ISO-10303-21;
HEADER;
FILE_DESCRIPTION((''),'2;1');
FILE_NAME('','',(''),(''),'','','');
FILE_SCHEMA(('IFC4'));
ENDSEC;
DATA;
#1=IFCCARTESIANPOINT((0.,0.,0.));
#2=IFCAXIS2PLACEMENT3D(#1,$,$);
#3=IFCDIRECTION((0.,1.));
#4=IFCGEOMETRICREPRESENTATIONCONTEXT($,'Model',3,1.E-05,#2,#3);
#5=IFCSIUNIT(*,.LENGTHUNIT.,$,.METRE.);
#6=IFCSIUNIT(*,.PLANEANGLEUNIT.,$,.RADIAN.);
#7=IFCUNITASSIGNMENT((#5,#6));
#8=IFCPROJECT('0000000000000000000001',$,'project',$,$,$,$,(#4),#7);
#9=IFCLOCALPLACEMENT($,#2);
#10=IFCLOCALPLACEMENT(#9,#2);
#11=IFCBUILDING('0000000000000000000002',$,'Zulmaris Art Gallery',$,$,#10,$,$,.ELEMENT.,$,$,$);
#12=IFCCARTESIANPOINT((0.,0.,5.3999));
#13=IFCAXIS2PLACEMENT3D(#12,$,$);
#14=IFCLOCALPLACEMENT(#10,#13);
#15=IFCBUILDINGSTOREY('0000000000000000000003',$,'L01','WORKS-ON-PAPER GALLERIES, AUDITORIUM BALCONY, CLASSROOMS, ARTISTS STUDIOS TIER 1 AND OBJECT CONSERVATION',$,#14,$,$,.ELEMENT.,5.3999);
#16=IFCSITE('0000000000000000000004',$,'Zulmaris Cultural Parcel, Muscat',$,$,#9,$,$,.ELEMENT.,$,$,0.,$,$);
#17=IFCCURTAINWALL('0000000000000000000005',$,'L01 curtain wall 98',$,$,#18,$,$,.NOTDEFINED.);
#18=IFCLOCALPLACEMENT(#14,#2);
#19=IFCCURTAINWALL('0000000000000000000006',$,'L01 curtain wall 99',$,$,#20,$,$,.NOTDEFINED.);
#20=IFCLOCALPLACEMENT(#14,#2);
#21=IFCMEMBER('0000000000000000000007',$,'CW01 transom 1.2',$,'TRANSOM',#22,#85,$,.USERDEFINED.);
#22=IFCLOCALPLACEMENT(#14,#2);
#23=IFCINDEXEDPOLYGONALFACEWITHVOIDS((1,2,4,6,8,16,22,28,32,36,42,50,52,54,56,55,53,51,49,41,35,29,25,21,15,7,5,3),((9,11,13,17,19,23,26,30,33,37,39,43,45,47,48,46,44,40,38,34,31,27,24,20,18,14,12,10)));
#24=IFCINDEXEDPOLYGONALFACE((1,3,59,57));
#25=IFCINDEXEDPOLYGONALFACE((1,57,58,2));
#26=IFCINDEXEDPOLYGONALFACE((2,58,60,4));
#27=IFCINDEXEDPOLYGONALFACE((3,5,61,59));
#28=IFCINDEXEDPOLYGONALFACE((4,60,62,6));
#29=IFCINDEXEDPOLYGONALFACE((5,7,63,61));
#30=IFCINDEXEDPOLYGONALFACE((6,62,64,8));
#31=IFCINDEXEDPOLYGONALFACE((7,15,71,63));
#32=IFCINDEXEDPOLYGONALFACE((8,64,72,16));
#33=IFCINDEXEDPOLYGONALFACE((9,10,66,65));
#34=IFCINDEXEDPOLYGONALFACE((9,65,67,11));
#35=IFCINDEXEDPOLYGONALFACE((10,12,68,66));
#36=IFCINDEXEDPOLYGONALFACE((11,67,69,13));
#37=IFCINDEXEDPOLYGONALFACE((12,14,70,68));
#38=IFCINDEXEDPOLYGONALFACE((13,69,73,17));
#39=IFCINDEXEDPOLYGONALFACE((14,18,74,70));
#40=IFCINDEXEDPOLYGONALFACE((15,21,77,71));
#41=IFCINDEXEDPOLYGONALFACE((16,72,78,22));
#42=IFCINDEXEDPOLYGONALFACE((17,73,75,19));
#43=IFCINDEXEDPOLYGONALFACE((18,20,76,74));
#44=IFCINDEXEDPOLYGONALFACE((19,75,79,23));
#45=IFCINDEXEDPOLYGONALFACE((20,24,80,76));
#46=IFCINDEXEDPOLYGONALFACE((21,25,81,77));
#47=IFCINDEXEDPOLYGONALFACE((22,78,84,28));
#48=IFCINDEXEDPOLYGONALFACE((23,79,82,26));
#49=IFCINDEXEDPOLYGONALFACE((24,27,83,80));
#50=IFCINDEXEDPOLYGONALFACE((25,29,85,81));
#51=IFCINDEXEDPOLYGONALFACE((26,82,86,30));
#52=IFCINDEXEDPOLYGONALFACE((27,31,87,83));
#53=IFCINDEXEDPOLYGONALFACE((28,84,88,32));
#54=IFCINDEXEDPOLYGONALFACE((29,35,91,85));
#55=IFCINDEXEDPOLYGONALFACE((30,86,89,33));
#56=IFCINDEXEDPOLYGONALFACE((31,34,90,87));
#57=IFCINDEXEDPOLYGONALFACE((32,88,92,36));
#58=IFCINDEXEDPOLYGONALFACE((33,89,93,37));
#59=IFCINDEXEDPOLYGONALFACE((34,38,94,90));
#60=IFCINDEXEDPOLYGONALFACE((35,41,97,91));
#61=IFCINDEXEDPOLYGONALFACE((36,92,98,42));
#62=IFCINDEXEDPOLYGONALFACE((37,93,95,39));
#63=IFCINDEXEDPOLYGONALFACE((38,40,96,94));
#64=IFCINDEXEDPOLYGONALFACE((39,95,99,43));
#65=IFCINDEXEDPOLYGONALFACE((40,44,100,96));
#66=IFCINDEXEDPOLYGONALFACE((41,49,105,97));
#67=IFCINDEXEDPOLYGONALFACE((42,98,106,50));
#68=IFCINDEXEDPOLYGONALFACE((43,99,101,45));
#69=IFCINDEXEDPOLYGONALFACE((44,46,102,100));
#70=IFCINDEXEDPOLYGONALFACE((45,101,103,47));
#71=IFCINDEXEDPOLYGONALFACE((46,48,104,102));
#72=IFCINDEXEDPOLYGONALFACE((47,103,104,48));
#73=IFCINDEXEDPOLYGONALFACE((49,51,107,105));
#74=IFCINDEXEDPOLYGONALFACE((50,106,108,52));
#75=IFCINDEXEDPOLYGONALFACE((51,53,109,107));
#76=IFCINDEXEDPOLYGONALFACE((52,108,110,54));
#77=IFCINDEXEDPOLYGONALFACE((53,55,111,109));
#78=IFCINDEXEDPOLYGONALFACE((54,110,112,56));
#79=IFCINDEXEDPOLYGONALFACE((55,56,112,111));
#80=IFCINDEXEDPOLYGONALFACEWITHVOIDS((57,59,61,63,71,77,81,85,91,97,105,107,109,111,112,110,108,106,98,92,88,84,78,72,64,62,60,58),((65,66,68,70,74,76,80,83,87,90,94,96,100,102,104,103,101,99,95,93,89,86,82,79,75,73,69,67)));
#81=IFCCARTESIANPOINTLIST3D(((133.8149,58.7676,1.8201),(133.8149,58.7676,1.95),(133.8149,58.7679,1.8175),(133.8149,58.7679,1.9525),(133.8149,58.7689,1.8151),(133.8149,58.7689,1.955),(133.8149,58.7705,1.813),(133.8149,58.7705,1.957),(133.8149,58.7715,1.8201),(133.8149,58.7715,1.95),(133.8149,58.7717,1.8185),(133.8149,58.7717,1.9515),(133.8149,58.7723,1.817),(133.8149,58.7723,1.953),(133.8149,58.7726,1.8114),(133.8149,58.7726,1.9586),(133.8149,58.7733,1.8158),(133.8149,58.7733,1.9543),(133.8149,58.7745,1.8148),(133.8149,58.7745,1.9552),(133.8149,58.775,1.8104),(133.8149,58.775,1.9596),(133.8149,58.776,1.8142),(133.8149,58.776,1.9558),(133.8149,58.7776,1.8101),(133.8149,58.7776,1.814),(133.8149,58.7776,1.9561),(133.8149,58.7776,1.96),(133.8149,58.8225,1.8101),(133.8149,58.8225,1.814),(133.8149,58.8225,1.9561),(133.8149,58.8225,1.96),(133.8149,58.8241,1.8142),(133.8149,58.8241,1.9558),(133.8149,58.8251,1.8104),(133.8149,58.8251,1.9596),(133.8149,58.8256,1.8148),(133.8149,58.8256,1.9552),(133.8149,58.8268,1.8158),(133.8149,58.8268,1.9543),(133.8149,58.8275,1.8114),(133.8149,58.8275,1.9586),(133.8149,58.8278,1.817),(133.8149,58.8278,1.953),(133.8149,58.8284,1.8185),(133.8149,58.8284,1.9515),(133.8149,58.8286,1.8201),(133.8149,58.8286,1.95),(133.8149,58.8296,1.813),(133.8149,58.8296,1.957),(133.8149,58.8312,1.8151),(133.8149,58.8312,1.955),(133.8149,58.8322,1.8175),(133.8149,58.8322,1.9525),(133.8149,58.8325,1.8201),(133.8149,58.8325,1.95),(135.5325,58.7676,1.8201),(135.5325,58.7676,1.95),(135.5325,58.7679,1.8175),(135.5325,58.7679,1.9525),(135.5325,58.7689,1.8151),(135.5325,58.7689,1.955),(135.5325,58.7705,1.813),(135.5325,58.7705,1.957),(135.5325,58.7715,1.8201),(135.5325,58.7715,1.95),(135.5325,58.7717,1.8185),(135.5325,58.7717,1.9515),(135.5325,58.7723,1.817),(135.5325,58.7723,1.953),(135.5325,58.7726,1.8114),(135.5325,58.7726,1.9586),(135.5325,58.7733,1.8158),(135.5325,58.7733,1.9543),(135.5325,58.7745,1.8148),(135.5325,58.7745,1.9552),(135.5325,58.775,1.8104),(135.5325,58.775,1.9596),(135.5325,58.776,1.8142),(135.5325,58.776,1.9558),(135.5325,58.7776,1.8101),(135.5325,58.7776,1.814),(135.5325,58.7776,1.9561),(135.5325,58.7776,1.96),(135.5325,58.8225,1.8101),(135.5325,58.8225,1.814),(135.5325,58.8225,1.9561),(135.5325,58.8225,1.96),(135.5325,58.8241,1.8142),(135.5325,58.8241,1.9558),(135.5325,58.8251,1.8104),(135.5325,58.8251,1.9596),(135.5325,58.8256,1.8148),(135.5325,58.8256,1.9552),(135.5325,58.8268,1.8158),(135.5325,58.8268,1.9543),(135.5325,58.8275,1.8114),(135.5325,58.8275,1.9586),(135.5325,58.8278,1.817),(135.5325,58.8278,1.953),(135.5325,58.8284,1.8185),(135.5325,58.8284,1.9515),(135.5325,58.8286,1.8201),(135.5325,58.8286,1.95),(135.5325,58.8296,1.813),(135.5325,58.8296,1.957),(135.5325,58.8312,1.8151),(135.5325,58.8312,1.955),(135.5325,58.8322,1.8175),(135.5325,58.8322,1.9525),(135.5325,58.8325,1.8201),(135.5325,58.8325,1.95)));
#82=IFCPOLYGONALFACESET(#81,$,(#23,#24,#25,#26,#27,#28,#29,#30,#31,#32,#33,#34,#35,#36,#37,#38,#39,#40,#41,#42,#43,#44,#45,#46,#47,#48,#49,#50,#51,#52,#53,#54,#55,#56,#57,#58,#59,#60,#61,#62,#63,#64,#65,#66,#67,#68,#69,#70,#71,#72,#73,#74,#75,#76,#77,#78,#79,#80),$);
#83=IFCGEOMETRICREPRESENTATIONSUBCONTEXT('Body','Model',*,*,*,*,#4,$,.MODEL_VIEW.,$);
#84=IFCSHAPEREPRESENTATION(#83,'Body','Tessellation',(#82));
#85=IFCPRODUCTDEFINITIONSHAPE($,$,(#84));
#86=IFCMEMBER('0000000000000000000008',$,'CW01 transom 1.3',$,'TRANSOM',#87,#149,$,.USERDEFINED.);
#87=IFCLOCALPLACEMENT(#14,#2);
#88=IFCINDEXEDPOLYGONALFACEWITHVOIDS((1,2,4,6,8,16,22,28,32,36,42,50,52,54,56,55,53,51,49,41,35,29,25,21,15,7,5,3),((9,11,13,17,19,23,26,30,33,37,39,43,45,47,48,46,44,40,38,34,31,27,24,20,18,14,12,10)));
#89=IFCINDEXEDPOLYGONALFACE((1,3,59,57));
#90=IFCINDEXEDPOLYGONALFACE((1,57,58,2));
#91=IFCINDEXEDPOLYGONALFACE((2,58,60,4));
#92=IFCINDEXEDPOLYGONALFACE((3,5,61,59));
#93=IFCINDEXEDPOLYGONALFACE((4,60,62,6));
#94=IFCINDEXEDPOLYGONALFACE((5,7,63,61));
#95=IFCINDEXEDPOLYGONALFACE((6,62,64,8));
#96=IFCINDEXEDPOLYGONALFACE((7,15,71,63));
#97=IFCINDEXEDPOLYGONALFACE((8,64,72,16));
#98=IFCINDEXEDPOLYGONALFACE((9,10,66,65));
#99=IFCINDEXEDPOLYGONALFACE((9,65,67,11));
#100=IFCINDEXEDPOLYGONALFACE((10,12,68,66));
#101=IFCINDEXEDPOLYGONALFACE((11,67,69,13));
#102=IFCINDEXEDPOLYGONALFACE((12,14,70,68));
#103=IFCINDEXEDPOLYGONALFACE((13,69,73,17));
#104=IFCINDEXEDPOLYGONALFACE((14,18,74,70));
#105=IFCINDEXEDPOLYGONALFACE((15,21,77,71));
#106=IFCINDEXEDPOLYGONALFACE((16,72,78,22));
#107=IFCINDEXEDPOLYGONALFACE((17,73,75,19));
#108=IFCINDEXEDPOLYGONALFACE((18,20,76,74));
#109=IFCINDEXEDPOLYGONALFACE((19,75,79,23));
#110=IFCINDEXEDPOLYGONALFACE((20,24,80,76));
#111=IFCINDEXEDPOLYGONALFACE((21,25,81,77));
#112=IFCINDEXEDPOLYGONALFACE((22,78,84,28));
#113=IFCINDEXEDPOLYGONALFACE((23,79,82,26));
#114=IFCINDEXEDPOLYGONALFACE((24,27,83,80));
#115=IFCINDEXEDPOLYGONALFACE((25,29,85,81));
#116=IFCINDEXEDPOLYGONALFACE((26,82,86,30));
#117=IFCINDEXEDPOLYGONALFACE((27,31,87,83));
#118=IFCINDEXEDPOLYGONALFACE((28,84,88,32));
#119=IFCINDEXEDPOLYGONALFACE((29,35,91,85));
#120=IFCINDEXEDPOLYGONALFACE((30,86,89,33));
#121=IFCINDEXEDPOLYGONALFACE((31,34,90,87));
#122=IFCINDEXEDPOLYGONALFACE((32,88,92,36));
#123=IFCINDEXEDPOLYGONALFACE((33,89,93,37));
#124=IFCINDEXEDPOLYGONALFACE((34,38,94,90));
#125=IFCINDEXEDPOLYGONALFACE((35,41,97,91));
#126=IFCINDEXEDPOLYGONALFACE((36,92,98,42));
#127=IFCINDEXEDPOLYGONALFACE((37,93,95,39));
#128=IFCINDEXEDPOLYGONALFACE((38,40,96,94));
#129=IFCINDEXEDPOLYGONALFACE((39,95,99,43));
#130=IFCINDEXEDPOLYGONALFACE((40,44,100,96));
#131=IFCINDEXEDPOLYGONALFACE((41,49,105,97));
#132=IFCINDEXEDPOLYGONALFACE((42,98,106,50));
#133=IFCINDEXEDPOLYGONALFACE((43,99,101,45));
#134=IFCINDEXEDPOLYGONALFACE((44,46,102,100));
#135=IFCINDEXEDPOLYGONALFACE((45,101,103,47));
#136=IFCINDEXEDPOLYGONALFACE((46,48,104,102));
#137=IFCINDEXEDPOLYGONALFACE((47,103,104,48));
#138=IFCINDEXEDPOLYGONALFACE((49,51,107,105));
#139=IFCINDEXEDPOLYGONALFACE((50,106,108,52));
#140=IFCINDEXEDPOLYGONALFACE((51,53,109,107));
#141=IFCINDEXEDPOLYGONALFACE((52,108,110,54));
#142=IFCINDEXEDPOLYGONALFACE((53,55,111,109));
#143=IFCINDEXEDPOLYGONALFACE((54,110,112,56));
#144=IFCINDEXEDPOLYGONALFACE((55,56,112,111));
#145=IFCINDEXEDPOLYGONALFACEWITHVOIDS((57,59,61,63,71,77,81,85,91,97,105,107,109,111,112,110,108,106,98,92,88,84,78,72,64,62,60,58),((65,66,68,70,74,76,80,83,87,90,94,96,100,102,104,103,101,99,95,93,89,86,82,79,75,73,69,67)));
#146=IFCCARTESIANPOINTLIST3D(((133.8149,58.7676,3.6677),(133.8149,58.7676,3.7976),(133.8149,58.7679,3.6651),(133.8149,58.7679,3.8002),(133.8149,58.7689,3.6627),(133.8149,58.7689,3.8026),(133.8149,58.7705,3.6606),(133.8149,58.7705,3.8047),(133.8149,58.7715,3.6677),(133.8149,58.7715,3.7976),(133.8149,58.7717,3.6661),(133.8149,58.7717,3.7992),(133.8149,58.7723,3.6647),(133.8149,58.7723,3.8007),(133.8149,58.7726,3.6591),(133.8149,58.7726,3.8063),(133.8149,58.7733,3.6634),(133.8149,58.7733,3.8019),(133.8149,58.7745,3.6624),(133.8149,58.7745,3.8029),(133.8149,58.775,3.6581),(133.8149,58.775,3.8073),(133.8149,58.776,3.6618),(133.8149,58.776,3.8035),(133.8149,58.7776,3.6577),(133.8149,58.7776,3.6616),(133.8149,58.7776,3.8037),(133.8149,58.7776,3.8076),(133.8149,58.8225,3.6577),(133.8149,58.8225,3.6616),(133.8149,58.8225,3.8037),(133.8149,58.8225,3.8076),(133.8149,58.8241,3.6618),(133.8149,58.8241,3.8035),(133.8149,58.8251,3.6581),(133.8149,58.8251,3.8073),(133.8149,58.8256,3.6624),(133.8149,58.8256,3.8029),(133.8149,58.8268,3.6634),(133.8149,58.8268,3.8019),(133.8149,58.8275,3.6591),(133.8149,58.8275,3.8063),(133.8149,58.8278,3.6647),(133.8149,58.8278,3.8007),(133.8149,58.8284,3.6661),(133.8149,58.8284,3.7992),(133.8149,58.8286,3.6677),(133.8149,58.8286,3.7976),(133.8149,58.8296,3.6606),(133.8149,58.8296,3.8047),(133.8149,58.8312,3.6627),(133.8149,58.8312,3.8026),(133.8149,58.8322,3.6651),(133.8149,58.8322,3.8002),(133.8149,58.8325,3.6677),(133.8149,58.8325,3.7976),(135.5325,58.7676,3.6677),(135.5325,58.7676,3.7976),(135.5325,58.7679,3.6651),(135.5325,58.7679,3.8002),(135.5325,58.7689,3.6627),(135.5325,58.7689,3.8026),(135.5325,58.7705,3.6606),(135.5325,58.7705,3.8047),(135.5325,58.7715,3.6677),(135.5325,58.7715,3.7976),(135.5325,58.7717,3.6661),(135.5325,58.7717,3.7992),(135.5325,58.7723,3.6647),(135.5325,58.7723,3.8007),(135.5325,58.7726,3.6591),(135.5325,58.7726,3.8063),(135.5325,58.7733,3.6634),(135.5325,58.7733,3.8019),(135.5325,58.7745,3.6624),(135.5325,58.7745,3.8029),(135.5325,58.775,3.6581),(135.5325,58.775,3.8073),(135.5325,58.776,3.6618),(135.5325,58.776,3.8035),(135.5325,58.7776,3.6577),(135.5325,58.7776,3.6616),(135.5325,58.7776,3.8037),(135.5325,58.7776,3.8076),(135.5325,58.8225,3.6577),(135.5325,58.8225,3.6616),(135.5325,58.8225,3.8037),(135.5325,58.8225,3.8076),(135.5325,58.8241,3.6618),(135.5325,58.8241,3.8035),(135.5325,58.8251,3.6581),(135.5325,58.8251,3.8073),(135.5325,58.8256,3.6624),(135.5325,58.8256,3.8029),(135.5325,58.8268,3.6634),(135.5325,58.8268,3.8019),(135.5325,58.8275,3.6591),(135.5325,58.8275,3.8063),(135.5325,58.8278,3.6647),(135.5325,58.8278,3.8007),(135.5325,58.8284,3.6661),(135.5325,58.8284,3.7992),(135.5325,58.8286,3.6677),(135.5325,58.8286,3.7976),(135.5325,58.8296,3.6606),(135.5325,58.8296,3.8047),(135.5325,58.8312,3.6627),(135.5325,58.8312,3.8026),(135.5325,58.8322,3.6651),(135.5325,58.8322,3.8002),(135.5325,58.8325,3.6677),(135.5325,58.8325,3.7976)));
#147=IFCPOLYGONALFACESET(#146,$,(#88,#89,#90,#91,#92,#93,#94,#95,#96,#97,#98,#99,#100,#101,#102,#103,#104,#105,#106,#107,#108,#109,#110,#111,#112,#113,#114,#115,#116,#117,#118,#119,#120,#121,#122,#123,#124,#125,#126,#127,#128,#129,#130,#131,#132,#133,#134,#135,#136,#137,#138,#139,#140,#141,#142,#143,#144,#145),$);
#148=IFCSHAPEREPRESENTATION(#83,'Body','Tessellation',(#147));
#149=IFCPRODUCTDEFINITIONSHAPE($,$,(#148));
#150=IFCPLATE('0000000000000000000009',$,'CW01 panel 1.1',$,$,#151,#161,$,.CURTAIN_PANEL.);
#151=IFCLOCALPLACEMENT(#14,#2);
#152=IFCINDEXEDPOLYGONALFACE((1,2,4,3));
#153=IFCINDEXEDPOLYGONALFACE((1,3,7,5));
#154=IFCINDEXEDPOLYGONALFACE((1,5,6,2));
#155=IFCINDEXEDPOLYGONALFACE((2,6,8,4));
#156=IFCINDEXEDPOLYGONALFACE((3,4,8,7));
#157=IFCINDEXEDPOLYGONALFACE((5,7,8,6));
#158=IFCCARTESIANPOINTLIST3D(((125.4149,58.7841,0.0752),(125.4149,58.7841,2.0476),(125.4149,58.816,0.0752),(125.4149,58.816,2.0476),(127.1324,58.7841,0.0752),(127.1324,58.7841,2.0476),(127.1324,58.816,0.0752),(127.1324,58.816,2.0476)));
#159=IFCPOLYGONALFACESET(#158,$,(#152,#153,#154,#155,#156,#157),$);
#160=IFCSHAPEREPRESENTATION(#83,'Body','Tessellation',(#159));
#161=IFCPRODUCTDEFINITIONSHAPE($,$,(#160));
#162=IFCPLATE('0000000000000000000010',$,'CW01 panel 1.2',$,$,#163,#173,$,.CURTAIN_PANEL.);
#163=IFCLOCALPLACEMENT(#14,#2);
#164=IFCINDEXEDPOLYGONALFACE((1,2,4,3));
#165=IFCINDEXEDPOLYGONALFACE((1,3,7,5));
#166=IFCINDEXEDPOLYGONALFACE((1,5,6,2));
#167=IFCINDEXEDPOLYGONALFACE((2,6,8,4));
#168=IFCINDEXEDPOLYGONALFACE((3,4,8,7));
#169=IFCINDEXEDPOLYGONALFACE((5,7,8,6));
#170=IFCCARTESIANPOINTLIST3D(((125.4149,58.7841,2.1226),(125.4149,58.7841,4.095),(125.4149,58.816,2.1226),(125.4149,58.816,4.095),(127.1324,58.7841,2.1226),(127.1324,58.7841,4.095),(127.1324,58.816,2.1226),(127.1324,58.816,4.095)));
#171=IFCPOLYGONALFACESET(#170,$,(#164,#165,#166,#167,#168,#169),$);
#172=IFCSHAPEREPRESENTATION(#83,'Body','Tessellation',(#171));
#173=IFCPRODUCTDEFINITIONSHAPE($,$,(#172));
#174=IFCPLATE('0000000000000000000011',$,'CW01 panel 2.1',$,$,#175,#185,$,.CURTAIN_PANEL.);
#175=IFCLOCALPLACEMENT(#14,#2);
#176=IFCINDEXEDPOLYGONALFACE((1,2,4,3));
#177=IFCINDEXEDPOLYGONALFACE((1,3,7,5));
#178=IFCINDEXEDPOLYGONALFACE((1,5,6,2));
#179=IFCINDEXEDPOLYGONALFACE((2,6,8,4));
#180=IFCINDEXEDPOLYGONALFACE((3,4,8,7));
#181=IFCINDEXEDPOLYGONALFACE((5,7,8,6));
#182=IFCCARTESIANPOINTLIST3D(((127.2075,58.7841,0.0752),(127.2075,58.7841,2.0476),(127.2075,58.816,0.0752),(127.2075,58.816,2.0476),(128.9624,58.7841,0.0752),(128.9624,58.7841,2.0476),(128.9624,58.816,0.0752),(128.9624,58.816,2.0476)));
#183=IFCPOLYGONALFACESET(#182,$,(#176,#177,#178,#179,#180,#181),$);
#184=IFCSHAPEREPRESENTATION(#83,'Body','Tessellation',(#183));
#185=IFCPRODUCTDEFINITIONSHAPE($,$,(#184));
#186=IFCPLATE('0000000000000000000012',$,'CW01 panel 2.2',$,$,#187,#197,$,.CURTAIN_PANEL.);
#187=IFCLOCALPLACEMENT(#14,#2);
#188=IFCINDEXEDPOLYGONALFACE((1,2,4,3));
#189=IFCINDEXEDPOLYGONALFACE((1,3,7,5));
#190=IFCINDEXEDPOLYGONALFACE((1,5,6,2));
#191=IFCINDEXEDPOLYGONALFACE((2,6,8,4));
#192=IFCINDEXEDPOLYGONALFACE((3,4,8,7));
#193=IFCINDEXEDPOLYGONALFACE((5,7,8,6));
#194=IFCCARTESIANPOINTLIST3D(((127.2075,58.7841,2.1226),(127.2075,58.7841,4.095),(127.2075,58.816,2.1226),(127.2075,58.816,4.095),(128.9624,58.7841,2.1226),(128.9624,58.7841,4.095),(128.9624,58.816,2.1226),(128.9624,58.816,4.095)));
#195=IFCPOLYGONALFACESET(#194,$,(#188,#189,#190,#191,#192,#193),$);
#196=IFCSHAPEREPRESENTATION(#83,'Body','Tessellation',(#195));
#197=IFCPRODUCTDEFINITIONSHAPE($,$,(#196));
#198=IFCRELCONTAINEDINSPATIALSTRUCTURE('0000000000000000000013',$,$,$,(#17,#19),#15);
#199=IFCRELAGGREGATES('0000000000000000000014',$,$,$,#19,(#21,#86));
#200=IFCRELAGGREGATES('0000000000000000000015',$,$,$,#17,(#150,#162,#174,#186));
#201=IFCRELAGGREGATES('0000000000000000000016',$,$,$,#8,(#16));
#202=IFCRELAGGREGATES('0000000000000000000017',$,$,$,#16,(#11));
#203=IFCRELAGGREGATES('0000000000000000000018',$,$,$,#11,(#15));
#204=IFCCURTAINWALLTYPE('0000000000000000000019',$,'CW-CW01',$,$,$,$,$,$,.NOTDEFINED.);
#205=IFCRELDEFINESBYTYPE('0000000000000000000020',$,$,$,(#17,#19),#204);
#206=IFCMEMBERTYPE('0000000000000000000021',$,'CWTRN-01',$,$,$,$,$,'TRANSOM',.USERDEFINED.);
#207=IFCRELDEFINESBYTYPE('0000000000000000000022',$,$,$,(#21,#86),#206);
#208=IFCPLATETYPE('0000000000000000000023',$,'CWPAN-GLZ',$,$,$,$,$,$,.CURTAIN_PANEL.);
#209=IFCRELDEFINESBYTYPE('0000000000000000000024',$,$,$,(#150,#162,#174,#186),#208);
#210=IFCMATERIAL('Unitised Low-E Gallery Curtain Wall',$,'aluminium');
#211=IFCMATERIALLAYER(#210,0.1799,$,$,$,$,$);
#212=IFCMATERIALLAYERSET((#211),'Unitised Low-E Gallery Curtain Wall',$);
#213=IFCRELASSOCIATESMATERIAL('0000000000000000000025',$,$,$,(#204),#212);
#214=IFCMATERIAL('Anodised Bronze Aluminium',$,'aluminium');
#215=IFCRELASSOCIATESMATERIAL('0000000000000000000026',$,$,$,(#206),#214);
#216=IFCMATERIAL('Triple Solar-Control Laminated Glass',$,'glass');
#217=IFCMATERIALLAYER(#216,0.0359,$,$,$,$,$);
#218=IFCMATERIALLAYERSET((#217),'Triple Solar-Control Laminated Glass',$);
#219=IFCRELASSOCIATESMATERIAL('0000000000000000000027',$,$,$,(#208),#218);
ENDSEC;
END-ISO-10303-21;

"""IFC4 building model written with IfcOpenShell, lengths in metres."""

from ifc_helpers import new_model, si_unit, direction, frame, origin, origin_2d, place, context, subcontext, project, spatial, rectangle, hollow_rectangle, extrude, material, layer, layer_set, material_profile, profile_set, type_object, element, aggregate, save


model = new_model("IFC4")

# Units and contexts
model_context = context("Model", 3, precision=1e-05, world=origin(), true_north=direction((0.0, 1.0)))
body_context = subcontext(model_context, "Body", "Model", "MODEL_VIEW")
ifc_project = project(units=[si_unit("LENGTHUNIT", "METRE"), si_unit("PLANEANGLEUNIT", "RADIAN")], contexts=[model_context])

# Site, building, storey
site_placement = place(None, origin())
site = spatial("IfcSite", under=ifc_project, at=site_placement, Name="Zulmaris Cultural Parcel, Muscat", CompositionType="ELEMENT", RefElevation=0.0)
building_placement = place(site_placement, origin())
building = spatial("IfcBuilding", under=site, at=building_placement, Name="Zulmaris Art Gallery", CompositionType="ELEMENT")
storey_placement = place(building_placement, frame((0.0, 0.0, 5.3999)))
storey = spatial("IfcBuildingStorey", under=building, at=storey_placement, Name="L01", Description="WORKS-ON-PAPER GALLERIES, AUDITORIUM BALCONY, CLASSROOMS, ARTISTS STUDIOS TIER 1 AND OBJECT CONSERVATION", CompositionType="ELEMENT", Elevation=5.3999)

# Curtain wall
ifc_material_1 = material(Name="Unitised Low-E Gallery Curtain Wall", Category="aluminium")
ifc_layer_1 = layer(ifc_material_1, 0.1799)
ifc_layer_set_1 = layer_set([ifc_layer_1], Name="Unitised Low-E Gallery Curtain Wall")
curtain_wall_type = type_object("IfcCurtainWallType", Name="CW-CW01", PredefinedType="NOTDEFINED", material=ifc_layer_set_1)
curtain_wall_1_placement = place(storey_placement, origin())
curtain_wall_1 = element("IfcCurtainWall", 1, at=curtain_wall_1_placement, inside=storey, type_object=curtain_wall_type, Name="L01 curtain wall 98", PredefinedType="NOTDEFINED")
ifc_material_2 = material(Name="Anodised Bronze Aluminium", Category="aluminium")

# Curtain wall
curtain_wall_2_placement = place(storey_placement, origin())
curtain_wall_2 = element("IfcCurtainWall", 2, at=curtain_wall_2_placement, inside=storey, type_object=curtain_wall_type, Name="L01 curtain wall 99", PredefinedType="NOTDEFINED")

# Members
ifc_material_profile_1 = material_profile(ifc_material_2, hollow_rectangle(XDim=0.0649, YDim=0.1499, WallThickness=0.0039, InnerFilletRadius=0.0061, OuterFilletRadius=0.01, at=origin_2d()), Name="ALU 65x150x4")
ifc_profile_set_1 = profile_set([ifc_material_profile_1], Name="Anodised Bronze Aluminium")
member_type_1 = type_object("IfcMemberType", Name="CWTRN-01", ElementType="TRANSOM", PredefinedType="USERDEFINED", material=ifc_profile_set_1)
member_1_placement = place(storey_placement, frame((133.8149, 58.8, 1.885), z_axis=(1.0, 0.0, 0.0), x_axis=(0.0, 1.0, 0.0)))
member_1 = element("IfcMember", 3, at=member_1_placement, type_object=member_type_1, Name="CW01 transom 1.2", ObjectType="TRANSOM", PredefinedType="USERDEFINED", context=body_context, shape_type="SweptSolid", body=[
    extrude(hollow_rectangle(XDim=0.0649, YDim=0.1499, WallThickness=0.0039, InnerFilletRadius=0.0061, OuterFilletRadius=0.01, at=origin_2d()), origin(), (0.0, 0.0, 1.0), 1.7175),
])
member_2_placement = place(storey_placement, frame((133.8149, 58.8, 3.7327), z_axis=(1.0, 0.0, 0.0), x_axis=(0.0, 1.0, 0.0)))
member_2 = element("IfcMember", 4, at=member_2_placement, type_object=member_type_1, Name="CW01 transom 1.3", ObjectType="TRANSOM", PredefinedType="USERDEFINED", context=body_context, shape_type="SweptSolid", body=[
    extrude(hollow_rectangle(XDim=0.0649, YDim=0.1499, WallThickness=0.0039, InnerFilletRadius=0.0061, OuterFilletRadius=0.01, at=origin_2d()), origin(), (0.0, 0.0, 1.0), 1.7175),
])
aggregate(curtain_wall_2, [member_1, member_2])

# Plates
ifc_material_3 = material(Name="Triple Solar-Control Laminated Glass", Category="glass")
ifc_layer_2 = layer(ifc_material_3, 0.0359)
ifc_layer_set_2 = layer_set([ifc_layer_2], Name="Triple Solar-Control Laminated Glass")
plate_type = type_object("IfcPlateType", Name="CWPAN-GLZ", PredefinedType="CURTAIN_PANEL", material=ifc_layer_set_2)
plate_1_placement = place(storey_placement, frame((126.2737, 58.8, 0.0752), z_axis=(0.0, 0.0, 1.0), x_axis=(1.0, 0.0, 0.0)))
plate_1 = element("IfcPlate", 5, at=plate_1_placement, type_object=plate_type, Name="CW01 panel 1.1", PredefinedType="CURTAIN_PANEL", context=body_context, shape_type="SweptSolid", body=[
    extrude(rectangle(XDim=1.7175, YDim=0.032, at=origin_2d()), origin(), (0.0, 0.0, 1.0), 1.9724),
])
plate_2_placement = place(storey_placement, frame((126.2737, 58.8, 2.1226), z_axis=(0.0, 0.0, 1.0), x_axis=(1.0, 0.0, 0.0)))
plate_2 = element("IfcPlate", 6, at=plate_2_placement, type_object=plate_type, Name="CW01 panel 1.2", PredefinedType="CURTAIN_PANEL", context=body_context, shape_type="SweptSolid", body=[
    extrude(rectangle(XDim=1.7175, YDim=0.032, at=origin_2d()), origin(), (0.0, 0.0, 1.0), 1.9724),
])
plate_3_placement = place(storey_placement, frame((128.085, 58.8, 0.0752), z_axis=(0.0, 0.0, 1.0), x_axis=(1.0, 0.0, 0.0)))
plate_3 = element("IfcPlate", 7, at=plate_3_placement, type_object=plate_type, Name="CW01 panel 2.1", PredefinedType="CURTAIN_PANEL", context=body_context, shape_type="SweptSolid", body=[
    extrude(rectangle(XDim=1.7549, YDim=0.032, at=origin_2d()), origin(), (0.0, 0.0, 1.0), 1.9724),
])
plate_4_placement = place(storey_placement, frame((128.085, 58.8, 2.1226), z_axis=(0.0, 0.0, 1.0), x_axis=(1.0, 0.0, 0.0)))
plate_4 = element("IfcPlate", 8, at=plate_4_placement, type_object=plate_type, Name="CW01 panel 2.2", PredefinedType="CURTAIN_PANEL", context=body_context, shape_type="SweptSolid", body=[
    extrude(rectangle(XDim=1.7549, YDim=0.032, at=origin_2d()), origin(), (0.0, 0.0, 1.0), 1.9724),
])
aggregate(curtain_wall_1, [plate_1, plate_2, plate_3, plate_4])

save(model, "model.ifc")
